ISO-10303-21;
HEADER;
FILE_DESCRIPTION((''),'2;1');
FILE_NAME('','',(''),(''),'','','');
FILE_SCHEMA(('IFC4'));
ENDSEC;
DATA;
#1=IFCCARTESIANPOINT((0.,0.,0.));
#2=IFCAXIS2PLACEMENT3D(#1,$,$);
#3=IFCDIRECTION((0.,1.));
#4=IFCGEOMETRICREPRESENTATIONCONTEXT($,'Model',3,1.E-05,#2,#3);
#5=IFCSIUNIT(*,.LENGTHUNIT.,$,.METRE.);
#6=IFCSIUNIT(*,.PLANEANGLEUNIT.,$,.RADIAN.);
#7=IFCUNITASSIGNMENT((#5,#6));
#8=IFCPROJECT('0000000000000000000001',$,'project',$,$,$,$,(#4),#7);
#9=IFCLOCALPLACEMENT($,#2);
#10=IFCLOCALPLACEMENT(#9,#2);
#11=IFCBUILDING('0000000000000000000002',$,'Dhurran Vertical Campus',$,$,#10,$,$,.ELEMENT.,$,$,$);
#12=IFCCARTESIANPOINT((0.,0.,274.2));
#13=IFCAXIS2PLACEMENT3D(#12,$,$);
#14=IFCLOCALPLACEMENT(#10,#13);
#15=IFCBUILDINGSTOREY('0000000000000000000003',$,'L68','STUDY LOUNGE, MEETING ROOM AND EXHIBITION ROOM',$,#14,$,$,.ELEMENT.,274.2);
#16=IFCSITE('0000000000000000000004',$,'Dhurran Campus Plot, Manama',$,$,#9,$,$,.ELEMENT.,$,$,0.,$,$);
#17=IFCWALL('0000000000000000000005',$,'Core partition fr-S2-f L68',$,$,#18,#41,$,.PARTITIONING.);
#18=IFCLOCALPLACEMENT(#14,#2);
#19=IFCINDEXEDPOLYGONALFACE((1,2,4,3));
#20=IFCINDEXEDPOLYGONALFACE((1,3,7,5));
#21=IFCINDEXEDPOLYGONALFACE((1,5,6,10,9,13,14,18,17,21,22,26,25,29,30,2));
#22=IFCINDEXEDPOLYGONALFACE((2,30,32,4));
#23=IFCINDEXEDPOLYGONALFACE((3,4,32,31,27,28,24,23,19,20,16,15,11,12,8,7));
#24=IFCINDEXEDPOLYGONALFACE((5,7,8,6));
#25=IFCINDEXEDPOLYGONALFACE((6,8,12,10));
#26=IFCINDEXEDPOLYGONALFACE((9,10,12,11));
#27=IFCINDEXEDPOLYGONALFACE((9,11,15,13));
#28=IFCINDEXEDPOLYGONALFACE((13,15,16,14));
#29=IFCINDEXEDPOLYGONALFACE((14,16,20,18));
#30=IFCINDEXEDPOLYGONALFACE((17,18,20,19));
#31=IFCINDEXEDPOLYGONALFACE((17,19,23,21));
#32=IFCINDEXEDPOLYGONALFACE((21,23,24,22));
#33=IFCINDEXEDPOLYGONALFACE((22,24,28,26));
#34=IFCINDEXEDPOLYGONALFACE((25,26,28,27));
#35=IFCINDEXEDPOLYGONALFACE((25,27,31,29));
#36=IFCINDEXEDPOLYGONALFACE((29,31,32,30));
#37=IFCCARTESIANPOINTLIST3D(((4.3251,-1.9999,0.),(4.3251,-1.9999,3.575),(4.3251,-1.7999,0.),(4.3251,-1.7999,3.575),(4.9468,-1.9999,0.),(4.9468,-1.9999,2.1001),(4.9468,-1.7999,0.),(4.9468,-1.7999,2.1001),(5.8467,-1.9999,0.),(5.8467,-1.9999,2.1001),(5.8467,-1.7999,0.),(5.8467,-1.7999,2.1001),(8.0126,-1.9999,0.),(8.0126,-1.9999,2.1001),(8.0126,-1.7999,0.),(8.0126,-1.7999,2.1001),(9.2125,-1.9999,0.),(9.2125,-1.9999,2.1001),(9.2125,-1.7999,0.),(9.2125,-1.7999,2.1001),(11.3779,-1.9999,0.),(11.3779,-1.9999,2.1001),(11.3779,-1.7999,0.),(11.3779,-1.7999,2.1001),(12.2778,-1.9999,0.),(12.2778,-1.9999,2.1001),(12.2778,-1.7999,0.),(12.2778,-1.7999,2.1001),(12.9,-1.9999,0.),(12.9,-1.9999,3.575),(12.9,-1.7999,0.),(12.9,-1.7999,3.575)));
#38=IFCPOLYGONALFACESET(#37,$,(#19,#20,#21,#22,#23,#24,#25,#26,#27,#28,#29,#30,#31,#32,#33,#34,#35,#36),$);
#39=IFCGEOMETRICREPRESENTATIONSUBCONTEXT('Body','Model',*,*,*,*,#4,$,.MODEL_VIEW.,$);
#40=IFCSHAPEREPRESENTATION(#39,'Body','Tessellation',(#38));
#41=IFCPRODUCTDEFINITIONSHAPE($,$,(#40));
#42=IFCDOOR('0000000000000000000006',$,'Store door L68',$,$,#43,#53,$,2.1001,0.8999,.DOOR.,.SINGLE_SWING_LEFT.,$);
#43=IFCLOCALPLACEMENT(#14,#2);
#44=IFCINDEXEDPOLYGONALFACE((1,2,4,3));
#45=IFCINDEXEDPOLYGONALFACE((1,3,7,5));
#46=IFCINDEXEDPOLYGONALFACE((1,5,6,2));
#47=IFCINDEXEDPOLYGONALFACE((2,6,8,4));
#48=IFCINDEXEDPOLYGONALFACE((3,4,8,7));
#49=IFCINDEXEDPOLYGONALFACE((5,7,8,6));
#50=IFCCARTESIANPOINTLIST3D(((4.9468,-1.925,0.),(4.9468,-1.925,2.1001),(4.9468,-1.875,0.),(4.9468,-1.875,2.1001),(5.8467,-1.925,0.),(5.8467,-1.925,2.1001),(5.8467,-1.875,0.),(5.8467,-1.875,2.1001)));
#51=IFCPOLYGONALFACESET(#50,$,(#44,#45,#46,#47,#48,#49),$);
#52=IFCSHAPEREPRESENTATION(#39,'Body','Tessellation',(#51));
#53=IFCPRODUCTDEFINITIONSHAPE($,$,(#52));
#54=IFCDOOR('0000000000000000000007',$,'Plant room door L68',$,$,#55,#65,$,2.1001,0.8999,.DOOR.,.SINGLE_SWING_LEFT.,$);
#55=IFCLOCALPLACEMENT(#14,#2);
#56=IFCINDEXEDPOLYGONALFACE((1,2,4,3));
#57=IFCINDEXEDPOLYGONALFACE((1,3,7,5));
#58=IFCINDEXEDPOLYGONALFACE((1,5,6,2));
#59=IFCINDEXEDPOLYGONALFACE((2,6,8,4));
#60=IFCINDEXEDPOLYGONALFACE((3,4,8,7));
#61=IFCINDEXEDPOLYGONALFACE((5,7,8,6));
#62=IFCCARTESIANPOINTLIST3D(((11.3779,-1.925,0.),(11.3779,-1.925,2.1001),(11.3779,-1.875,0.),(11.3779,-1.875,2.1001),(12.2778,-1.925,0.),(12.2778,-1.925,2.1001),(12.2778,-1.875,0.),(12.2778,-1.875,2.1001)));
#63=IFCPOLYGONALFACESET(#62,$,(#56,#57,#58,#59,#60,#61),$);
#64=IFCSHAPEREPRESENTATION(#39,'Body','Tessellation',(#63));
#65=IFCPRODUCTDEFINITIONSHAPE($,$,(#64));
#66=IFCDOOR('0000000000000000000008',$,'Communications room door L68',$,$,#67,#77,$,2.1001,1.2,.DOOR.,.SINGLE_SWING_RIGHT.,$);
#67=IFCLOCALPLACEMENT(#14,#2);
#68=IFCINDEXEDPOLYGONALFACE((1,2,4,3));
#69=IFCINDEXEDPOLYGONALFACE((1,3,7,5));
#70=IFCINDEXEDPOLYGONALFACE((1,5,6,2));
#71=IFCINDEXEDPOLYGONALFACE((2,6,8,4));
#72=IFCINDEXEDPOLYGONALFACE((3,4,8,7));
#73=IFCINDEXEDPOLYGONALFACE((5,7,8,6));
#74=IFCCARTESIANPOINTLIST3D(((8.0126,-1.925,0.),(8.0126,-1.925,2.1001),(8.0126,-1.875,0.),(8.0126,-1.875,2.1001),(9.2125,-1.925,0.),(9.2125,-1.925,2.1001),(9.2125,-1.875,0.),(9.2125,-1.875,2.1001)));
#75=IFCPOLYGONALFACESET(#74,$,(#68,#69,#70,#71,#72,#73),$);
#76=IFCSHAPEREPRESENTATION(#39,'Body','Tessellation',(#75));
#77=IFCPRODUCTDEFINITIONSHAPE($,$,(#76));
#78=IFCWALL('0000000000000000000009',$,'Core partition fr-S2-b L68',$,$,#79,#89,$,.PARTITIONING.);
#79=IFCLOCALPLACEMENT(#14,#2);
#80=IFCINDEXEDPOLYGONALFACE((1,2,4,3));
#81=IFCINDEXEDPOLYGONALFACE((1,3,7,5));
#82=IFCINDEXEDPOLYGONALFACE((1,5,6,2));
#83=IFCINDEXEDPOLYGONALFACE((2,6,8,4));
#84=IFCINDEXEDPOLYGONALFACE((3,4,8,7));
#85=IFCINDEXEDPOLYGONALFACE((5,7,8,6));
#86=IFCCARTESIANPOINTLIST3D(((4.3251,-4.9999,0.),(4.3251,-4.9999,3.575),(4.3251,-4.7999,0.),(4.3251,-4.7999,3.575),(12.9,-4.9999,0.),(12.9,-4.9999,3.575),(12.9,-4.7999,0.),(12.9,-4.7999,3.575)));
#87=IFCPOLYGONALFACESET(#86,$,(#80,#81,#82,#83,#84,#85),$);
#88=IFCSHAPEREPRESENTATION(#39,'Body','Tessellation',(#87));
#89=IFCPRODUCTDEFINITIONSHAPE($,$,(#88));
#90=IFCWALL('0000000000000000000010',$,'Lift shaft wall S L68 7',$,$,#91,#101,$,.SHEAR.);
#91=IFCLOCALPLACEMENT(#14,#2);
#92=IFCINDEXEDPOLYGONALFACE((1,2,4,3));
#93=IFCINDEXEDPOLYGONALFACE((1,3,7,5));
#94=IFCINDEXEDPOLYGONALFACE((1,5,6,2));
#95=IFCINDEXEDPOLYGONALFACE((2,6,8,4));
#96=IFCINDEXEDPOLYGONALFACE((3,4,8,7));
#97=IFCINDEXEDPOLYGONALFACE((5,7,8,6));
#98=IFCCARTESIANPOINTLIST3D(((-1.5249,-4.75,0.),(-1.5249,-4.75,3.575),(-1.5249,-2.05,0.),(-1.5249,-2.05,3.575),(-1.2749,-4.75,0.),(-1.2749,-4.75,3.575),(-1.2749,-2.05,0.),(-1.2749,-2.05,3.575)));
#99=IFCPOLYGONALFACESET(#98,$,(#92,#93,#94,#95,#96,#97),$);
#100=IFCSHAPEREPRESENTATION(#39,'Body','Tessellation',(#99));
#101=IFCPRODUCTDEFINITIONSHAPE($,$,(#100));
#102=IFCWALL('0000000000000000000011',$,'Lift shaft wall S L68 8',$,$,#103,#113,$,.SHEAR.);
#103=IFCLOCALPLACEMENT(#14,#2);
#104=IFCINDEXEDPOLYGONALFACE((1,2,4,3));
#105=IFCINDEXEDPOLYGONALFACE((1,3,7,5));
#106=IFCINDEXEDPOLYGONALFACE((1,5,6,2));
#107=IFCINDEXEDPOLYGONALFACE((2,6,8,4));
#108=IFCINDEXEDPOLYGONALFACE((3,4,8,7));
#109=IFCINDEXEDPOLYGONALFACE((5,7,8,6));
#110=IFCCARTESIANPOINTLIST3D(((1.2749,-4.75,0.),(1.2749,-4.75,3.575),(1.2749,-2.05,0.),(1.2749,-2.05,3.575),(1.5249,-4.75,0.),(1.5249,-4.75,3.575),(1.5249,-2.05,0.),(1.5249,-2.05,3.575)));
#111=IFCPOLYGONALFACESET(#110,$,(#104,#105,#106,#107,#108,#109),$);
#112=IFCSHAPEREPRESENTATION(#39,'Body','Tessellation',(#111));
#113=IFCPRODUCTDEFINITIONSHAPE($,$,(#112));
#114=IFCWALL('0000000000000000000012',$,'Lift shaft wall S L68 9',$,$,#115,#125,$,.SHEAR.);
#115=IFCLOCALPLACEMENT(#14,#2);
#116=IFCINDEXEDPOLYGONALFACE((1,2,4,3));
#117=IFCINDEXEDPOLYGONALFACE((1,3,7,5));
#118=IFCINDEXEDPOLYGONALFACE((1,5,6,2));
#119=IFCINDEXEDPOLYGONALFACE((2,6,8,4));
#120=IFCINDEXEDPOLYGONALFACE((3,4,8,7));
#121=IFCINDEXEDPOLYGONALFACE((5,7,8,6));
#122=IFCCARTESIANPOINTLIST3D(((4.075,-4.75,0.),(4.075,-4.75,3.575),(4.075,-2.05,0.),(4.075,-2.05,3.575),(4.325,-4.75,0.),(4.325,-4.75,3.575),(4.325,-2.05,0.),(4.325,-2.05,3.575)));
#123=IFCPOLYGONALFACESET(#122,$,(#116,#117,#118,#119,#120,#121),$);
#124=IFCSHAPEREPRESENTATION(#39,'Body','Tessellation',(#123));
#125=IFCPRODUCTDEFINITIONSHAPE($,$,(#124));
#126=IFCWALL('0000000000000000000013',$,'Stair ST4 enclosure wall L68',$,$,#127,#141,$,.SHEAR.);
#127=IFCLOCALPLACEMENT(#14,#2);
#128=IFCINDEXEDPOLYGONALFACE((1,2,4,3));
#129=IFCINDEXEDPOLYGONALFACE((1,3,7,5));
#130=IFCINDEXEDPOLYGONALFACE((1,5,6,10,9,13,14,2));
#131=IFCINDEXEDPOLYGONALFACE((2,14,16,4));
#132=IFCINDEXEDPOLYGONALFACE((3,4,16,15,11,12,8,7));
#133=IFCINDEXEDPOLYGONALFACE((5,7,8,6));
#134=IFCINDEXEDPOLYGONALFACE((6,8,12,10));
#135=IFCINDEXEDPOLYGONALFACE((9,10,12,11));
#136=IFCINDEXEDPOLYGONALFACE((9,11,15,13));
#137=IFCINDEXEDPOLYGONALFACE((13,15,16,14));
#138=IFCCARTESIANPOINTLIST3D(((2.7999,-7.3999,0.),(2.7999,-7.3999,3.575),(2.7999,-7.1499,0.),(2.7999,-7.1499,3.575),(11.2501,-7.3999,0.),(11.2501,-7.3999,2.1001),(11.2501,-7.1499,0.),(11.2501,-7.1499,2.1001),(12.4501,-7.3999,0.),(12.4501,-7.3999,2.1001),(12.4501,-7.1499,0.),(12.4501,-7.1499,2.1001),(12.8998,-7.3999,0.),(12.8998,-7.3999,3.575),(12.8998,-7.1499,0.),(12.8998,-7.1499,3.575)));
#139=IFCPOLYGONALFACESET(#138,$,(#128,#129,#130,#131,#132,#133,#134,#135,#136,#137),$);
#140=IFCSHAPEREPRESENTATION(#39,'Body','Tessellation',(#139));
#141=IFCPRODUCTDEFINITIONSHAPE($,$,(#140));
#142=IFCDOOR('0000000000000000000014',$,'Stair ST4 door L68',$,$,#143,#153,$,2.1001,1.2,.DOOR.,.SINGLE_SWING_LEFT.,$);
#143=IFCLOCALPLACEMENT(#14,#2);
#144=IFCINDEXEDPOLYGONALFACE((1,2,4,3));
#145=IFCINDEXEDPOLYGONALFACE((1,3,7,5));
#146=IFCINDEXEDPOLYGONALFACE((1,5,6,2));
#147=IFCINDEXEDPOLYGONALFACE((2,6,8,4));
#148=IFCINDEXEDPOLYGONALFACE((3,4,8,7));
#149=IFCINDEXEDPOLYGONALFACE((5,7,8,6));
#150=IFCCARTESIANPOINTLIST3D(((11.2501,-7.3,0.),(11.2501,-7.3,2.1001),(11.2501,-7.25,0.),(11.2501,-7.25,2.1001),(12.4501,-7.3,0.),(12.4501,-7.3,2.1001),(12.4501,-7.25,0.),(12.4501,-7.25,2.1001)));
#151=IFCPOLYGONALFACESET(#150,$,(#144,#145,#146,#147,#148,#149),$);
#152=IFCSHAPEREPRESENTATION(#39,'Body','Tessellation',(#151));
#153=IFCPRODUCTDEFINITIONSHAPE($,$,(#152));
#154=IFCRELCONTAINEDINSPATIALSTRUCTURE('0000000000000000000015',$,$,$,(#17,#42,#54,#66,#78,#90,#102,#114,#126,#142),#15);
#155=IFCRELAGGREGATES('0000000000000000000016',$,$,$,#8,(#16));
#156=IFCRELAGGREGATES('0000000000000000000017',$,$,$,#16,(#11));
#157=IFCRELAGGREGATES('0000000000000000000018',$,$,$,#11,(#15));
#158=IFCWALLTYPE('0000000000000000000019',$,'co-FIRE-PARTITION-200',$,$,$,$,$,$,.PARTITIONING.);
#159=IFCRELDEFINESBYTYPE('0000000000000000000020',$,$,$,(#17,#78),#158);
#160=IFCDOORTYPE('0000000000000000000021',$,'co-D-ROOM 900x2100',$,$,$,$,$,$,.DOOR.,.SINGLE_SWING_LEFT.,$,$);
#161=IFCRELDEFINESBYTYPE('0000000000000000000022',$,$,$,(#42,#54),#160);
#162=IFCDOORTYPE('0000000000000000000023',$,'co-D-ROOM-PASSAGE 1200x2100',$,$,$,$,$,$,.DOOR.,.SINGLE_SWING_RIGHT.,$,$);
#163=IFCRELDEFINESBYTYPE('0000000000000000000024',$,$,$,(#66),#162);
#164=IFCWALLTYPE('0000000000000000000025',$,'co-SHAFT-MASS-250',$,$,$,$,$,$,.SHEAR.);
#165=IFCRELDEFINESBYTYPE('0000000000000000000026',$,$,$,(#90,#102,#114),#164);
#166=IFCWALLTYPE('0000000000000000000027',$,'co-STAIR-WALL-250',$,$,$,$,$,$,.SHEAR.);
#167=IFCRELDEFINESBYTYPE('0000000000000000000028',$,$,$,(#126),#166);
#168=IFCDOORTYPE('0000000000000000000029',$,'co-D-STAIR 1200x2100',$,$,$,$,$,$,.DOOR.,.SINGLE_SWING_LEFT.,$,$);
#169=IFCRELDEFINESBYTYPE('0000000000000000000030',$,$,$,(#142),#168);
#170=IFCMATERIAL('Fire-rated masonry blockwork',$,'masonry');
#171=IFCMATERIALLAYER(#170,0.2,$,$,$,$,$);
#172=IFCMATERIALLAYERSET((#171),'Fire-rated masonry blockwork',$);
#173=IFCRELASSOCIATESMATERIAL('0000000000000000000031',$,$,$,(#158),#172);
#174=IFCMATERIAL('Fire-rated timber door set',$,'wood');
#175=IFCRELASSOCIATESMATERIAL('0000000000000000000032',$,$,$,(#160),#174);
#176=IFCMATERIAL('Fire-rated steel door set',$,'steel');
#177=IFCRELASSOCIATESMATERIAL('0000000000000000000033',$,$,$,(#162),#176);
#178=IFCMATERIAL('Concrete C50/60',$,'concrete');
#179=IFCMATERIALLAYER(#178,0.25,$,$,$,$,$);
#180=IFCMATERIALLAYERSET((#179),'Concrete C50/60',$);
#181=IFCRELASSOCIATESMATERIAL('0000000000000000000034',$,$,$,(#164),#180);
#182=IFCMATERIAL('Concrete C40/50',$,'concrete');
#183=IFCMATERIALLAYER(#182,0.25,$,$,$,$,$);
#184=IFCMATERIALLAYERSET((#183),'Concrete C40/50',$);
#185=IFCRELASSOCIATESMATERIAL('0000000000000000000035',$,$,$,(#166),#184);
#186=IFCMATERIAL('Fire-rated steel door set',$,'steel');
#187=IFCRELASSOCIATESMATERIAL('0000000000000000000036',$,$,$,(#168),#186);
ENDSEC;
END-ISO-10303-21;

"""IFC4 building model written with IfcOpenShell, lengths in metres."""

from ifc_helpers import new_model, si_unit, direction, frame, frame_2d, origin, place, context, subcontext, project, spatial, polyline, rectangle, outline, extrude, material, layer, layer_set, type_object, element, fill, save


model = new_model("IFC4")

# Units and contexts
model_context = context("Model", 3, precision=1e-05, world=origin(), true_north=direction((0.0, 1.0)))
body_context = subcontext(model_context, "Body", "Model", "MODEL_VIEW")
ifc_project = project(units=[si_unit("LENGTHUNIT", "METRE"), si_unit("PLANEANGLEUNIT", "RADIAN")], contexts=[model_context])

# Site, building, storey
site_placement = place(None, origin())
site = spatial("IfcSite", under=ifc_project, at=site_placement, Name="Dhurran Campus Plot, Manama", CompositionType="ELEMENT", RefElevation=0.0)
building_placement = place(site_placement, origin())
building = spatial("IfcBuilding", under=site, at=building_placement, Name="Dhurran Vertical Campus", CompositionType="ELEMENT")
storey_placement = place(building_placement, frame((0.0, 0.0, 274.2)))
storey = spatial("IfcBuildingStorey", under=building, at=storey_placement, Name="L68", Description="STUDY LOUNGE, MEETING ROOM AND EXHIBITION ROOM", CompositionType="ELEMENT", Elevation=274.2)

# Shared definitions
ifc_material_1 = material(Name="Fire-rated masonry blockwork", Category="masonry")
ifc_layer_1 = layer(ifc_material_1, 0.2)
ifc_layer_set_1 = layer_set([ifc_layer_1], Name="Fire-rated masonry blockwork")
wall_type_1 = type_object("IfcWallType", Name="co-FIRE-PARTITION-200", PredefinedType="PARTITIONING", material=ifc_layer_set_1)

# Wall, openings, doors
wall_1_placement = place(storey_placement, frame((4.325, -1.8999, 0.0), z_axis=(0.0, 0.0, 1.0), x_axis=(1.0, 0.0, 0.0)))
wall_1 = element("IfcWall", 1, at=wall_1_placement, inside=storey, type_object=wall_type_1, Name="Core partition fr-S2-f L68", PredefinedType="PARTITIONING", context=body_context, shape_type="SweptSolid", body=[
    extrude(rectangle(XDim=8.575, YDim=0.2, at=frame_2d((4.2876, 0.0))), origin(), (0.0, 0.0, 1.0), 3.575),
])
opening_1_placement = place(wall_1_placement, frame((0.6218, 0.0, 0.0)))
opening_1 = element("IfcOpeningElement", 2, at=opening_1_placement, cuts=wall_1, PredefinedType="OPENING", context=body_context, shape_type="SweptSolid", body=[
    extrude(rectangle(XDim=0.8999, YDim=2.1001, at=frame_2d((0.45, 1.05))), frame((0.0, 0.1099, 0.0), z_axis=(0.0, -1.0, 0.0), x_axis=(1.0, 0.0, 0.0)), (0.0, 0.0, 1.0), 0.22),
])
opening_2_placement = place(wall_1_placement, frame((3.6875, 0.0, 0.0)))
opening_2 = element("IfcOpeningElement", 3, at=opening_2_placement, cuts=wall_1, PredefinedType="OPENING", context=body_context, shape_type="SweptSolid", body=[
    extrude(rectangle(XDim=1.2, YDim=2.1001, at=frame_2d((0.6001, 1.05))), frame((0.0, 0.1099, 0.0), z_axis=(0.0, -1.0, 0.0), x_axis=(1.0, 0.0, 0.0)), (0.0, 0.0, 1.0), 0.22),
])
opening_3_placement = place(wall_1_placement, frame((7.053, 0.0, 0.0)))
opening_3 = element("IfcOpeningElement", 4, at=opening_3_placement, cuts=wall_1, PredefinedType="OPENING", context=body_context, shape_type="SweptSolid", body=[
    extrude(rectangle(XDim=0.8999, YDim=2.1001, at=frame_2d((0.45, 1.05))), frame((0.0, 0.1099, 0.0), z_axis=(0.0, -1.0, 0.0), x_axis=(1.0, 0.0, 0.0)), (0.0, 0.0, 1.0), 0.22),
])
ifc_material_2 = material(Name="Fire-rated timber door set", Category="wood")
door_type_1 = type_object("IfcDoorType", Name="co-D-ROOM 900x2100", OperationType="SINGLE_SWING_LEFT", PredefinedType="DOOR", material=ifc_material_2)
door_1_placement = place(opening_1_placement, origin())
door_1 = element("IfcDoor", 5, at=door_1_placement, inside=storey, type_object=door_type_1, Name="Store door L68", OperationType="SINGLE_SWING_LEFT", OverallHeight=2.1001, OverallWidth=0.8999, PredefinedType="DOOR", context=body_context, shape_type="SweptSolid", body=[
    extrude(rectangle(XDim=0.8999, YDim=2.1001, at=frame_2d((0.45, 1.05))), frame((0.0, 0.0249, 0.0), z_axis=(0.0, -1.0, 0.0), x_axis=(1.0, 0.0, 0.0)), (0.0, 0.0, 1.0), 0.05),
])
fill(opening_1, door_1)
door_2_placement = place(opening_3_placement, origin())
door_2 = element("IfcDoor", 6, at=door_2_placement, inside=storey, type_object=door_type_1, Name="Plant room door L68", OperationType="SINGLE_SWING_LEFT", OverallHeight=2.1001, OverallWidth=0.8999, PredefinedType="DOOR", context=body_context, shape_type="SweptSolid", body=[
    extrude(rectangle(XDim=0.8999, YDim=2.1001, at=frame_2d((0.45, 1.05))), frame((0.0, 0.0249, 0.0), z_axis=(0.0, -1.0, 0.0), x_axis=(1.0, 0.0, 0.0)), (0.0, 0.0, 1.0), 0.05),
])
fill(opening_3, door_2)
ifc_material_3 = material(Name="Fire-rated steel door set", Category="steel")
door_type_2 = type_object("IfcDoorType", Name="co-D-ROOM-PASSAGE 1200x2100", OperationType="SINGLE_SWING_RIGHT", PredefinedType="DOOR", material=ifc_material_3)
door_3_placement = place(opening_2_placement, origin())
door_3 = element("IfcDoor", 7, at=door_3_placement, inside=storey, type_object=door_type_2, Name="Communications room door L68", OperationType="SINGLE_SWING_RIGHT", OverallHeight=2.1001, OverallWidth=1.2, PredefinedType="DOOR", context=body_context, shape_type="SweptSolid", body=[
    extrude(rectangle(XDim=1.2, YDim=2.1001, at=frame_2d((0.6001, 1.05))), frame((0.0, 0.0249, 0.0), z_axis=(0.0, -1.0, 0.0), x_axis=(1.0, 0.0, 0.0)), (0.0, 0.0, 1.0), 0.05),
])
fill(opening_2, door_3)

# Walls
wall_2_placement = place(storey_placement, frame((4.325, -4.8999, 0.0), z_axis=(0.0, 0.0, 1.0), x_axis=(1.0, 0.0, 0.0)))
element("IfcWall", 8, at=wall_2_placement, inside=storey, type_object=wall_type_1, Name="Core partition fr-S2-b L68", PredefinedType="PARTITIONING", context=body_context, shape_type="SweptSolid", body=[
    extrude(rectangle(XDim=8.575, YDim=0.2, at=frame_2d((4.2876, 0.0))), origin(), (0.0, 0.0, 1.0), 3.575),
])
ifc_material_4 = material(Name="Concrete C50/60", Category="concrete")
ifc_layer_2 = layer(ifc_material_4, 0.25)
ifc_layer_set_2 = layer_set([ifc_layer_2], Name="Concrete C50/60")
wall_type_2 = type_object("IfcWallType", Name="co-SHAFT-MASS-250", PredefinedType="SHEAR", material=ifc_layer_set_2)
wall_3_placement = place(storey_placement, origin())
element("IfcWall", 9, at=wall_3_placement, inside=storey, type_object=wall_type_2, Name="Lift shaft wall S L68 7", PredefinedType="SHEAR", context=body_context, shape_type="SweptSolid", body=[
    extrude(outline(polyline([(-1.5249, -4.75), (-1.2749, -4.75), (-1.2749, -2.05), (-1.5249, -2.05), (-1.5249, -4.75)])), origin(), (0.0, 0.0, 1.0), 3.575),
])
wall_4_placement = place(storey_placement, origin())
element("IfcWall", 10, at=wall_4_placement, inside=storey, type_object=wall_type_2, Name="Lift shaft wall S L68 8", PredefinedType="SHEAR", context=body_context, shape_type="SweptSolid", body=[
    extrude(outline(polyline([(1.2749, -4.75), (1.5249, -4.75), (1.5249, -2.05), (1.2749, -2.05), (1.2749, -4.75)])), origin(), (0.0, 0.0, 1.0), 3.575),
])
wall_5_placement = place(storey_placement, origin())
element("IfcWall", 11, at=wall_5_placement, inside=storey, type_object=wall_type_2, Name="Lift shaft wall S L68 9", PredefinedType="SHEAR", context=body_context, shape_type="SweptSolid", body=[
    extrude(outline(polyline([(4.075, -4.75), (4.325, -4.75), (4.325, -2.05), (4.075, -2.05), (4.075, -4.75)])), origin(), (0.0, 0.0, 1.0), 3.575),
])

# Wall, opening, door
ifc_material_5 = material(Name="Concrete C40/50", Category="concrete")
ifc_layer_3 = layer(ifc_material_5, 0.25)
ifc_layer_set_3 = layer_set([ifc_layer_3], Name="Concrete C40/50")
wall_type_3 = type_object("IfcWallType", Name="co-STAIR-WALL-250", PredefinedType="SHEAR", material=ifc_layer_set_3)
wall_6_placement = place(storey_placement, frame((2.8, -7.2749, 0.0), z_axis=(0.0, 0.0, 1.0), x_axis=(1.0, 0.0, 0.0)))
wall_6 = element("IfcWall", 12, at=wall_6_placement, inside=storey, type_object=wall_type_3, Name="Stair ST4 enclosure wall L68", PredefinedType="SHEAR", context=body_context, shape_type="SweptSolid", body=[
    extrude(rectangle(XDim=10.0999, YDim=0.25, at=frame_2d((5.0498, 0.0))), origin(), (0.0, 0.0, 1.0), 3.575),
])
opening_4_placement = place(wall_6_placement, frame((8.45, 0.0, 0.0)))
opening_4 = element("IfcOpeningElement", 13, at=opening_4_placement, cuts=wall_6, PredefinedType="OPENING", context=body_context, shape_type="SweptSolid", body=[
    extrude(rectangle(XDim=1.2, YDim=2.1001, at=frame_2d((0.6001, 1.05))), frame((0.0, 0.135, 0.0), z_axis=(0.0, -1.0, 0.0), x_axis=(1.0, 0.0, 0.0)), (0.0, 0.0, 1.0), 0.27),
])
ifc_material_6 = material(Name="Fire-rated steel door set", Category="steel")
door_type_3 = type_object("IfcDoorType", Name="co-D-STAIR 1200x2100", OperationType="SINGLE_SWING_LEFT", PredefinedType="DOOR", material=ifc_material_6)
door_4_placement = place(opening_4_placement, origin())
door_4 = element("IfcDoor", 14, at=door_4_placement, inside=storey, type_object=door_type_3, Name="Stair ST4 door L68", OperationType="SINGLE_SWING_LEFT", OverallHeight=2.1001, OverallWidth=1.2, PredefinedType="DOOR", context=body_context, shape_type="SweptSolid", body=[
    extrude(rectangle(XDim=1.2, YDim=2.1001, at=frame_2d((0.6001, 1.05))), frame((0.0, 0.0249, 0.0), z_axis=(0.0, -1.0, 0.0), x_axis=(1.0, 0.0, 0.0)), (0.0, 0.0, 1.0), 0.05),
])
fill(opening_4, door_4)

save(model, "model.ifc")
